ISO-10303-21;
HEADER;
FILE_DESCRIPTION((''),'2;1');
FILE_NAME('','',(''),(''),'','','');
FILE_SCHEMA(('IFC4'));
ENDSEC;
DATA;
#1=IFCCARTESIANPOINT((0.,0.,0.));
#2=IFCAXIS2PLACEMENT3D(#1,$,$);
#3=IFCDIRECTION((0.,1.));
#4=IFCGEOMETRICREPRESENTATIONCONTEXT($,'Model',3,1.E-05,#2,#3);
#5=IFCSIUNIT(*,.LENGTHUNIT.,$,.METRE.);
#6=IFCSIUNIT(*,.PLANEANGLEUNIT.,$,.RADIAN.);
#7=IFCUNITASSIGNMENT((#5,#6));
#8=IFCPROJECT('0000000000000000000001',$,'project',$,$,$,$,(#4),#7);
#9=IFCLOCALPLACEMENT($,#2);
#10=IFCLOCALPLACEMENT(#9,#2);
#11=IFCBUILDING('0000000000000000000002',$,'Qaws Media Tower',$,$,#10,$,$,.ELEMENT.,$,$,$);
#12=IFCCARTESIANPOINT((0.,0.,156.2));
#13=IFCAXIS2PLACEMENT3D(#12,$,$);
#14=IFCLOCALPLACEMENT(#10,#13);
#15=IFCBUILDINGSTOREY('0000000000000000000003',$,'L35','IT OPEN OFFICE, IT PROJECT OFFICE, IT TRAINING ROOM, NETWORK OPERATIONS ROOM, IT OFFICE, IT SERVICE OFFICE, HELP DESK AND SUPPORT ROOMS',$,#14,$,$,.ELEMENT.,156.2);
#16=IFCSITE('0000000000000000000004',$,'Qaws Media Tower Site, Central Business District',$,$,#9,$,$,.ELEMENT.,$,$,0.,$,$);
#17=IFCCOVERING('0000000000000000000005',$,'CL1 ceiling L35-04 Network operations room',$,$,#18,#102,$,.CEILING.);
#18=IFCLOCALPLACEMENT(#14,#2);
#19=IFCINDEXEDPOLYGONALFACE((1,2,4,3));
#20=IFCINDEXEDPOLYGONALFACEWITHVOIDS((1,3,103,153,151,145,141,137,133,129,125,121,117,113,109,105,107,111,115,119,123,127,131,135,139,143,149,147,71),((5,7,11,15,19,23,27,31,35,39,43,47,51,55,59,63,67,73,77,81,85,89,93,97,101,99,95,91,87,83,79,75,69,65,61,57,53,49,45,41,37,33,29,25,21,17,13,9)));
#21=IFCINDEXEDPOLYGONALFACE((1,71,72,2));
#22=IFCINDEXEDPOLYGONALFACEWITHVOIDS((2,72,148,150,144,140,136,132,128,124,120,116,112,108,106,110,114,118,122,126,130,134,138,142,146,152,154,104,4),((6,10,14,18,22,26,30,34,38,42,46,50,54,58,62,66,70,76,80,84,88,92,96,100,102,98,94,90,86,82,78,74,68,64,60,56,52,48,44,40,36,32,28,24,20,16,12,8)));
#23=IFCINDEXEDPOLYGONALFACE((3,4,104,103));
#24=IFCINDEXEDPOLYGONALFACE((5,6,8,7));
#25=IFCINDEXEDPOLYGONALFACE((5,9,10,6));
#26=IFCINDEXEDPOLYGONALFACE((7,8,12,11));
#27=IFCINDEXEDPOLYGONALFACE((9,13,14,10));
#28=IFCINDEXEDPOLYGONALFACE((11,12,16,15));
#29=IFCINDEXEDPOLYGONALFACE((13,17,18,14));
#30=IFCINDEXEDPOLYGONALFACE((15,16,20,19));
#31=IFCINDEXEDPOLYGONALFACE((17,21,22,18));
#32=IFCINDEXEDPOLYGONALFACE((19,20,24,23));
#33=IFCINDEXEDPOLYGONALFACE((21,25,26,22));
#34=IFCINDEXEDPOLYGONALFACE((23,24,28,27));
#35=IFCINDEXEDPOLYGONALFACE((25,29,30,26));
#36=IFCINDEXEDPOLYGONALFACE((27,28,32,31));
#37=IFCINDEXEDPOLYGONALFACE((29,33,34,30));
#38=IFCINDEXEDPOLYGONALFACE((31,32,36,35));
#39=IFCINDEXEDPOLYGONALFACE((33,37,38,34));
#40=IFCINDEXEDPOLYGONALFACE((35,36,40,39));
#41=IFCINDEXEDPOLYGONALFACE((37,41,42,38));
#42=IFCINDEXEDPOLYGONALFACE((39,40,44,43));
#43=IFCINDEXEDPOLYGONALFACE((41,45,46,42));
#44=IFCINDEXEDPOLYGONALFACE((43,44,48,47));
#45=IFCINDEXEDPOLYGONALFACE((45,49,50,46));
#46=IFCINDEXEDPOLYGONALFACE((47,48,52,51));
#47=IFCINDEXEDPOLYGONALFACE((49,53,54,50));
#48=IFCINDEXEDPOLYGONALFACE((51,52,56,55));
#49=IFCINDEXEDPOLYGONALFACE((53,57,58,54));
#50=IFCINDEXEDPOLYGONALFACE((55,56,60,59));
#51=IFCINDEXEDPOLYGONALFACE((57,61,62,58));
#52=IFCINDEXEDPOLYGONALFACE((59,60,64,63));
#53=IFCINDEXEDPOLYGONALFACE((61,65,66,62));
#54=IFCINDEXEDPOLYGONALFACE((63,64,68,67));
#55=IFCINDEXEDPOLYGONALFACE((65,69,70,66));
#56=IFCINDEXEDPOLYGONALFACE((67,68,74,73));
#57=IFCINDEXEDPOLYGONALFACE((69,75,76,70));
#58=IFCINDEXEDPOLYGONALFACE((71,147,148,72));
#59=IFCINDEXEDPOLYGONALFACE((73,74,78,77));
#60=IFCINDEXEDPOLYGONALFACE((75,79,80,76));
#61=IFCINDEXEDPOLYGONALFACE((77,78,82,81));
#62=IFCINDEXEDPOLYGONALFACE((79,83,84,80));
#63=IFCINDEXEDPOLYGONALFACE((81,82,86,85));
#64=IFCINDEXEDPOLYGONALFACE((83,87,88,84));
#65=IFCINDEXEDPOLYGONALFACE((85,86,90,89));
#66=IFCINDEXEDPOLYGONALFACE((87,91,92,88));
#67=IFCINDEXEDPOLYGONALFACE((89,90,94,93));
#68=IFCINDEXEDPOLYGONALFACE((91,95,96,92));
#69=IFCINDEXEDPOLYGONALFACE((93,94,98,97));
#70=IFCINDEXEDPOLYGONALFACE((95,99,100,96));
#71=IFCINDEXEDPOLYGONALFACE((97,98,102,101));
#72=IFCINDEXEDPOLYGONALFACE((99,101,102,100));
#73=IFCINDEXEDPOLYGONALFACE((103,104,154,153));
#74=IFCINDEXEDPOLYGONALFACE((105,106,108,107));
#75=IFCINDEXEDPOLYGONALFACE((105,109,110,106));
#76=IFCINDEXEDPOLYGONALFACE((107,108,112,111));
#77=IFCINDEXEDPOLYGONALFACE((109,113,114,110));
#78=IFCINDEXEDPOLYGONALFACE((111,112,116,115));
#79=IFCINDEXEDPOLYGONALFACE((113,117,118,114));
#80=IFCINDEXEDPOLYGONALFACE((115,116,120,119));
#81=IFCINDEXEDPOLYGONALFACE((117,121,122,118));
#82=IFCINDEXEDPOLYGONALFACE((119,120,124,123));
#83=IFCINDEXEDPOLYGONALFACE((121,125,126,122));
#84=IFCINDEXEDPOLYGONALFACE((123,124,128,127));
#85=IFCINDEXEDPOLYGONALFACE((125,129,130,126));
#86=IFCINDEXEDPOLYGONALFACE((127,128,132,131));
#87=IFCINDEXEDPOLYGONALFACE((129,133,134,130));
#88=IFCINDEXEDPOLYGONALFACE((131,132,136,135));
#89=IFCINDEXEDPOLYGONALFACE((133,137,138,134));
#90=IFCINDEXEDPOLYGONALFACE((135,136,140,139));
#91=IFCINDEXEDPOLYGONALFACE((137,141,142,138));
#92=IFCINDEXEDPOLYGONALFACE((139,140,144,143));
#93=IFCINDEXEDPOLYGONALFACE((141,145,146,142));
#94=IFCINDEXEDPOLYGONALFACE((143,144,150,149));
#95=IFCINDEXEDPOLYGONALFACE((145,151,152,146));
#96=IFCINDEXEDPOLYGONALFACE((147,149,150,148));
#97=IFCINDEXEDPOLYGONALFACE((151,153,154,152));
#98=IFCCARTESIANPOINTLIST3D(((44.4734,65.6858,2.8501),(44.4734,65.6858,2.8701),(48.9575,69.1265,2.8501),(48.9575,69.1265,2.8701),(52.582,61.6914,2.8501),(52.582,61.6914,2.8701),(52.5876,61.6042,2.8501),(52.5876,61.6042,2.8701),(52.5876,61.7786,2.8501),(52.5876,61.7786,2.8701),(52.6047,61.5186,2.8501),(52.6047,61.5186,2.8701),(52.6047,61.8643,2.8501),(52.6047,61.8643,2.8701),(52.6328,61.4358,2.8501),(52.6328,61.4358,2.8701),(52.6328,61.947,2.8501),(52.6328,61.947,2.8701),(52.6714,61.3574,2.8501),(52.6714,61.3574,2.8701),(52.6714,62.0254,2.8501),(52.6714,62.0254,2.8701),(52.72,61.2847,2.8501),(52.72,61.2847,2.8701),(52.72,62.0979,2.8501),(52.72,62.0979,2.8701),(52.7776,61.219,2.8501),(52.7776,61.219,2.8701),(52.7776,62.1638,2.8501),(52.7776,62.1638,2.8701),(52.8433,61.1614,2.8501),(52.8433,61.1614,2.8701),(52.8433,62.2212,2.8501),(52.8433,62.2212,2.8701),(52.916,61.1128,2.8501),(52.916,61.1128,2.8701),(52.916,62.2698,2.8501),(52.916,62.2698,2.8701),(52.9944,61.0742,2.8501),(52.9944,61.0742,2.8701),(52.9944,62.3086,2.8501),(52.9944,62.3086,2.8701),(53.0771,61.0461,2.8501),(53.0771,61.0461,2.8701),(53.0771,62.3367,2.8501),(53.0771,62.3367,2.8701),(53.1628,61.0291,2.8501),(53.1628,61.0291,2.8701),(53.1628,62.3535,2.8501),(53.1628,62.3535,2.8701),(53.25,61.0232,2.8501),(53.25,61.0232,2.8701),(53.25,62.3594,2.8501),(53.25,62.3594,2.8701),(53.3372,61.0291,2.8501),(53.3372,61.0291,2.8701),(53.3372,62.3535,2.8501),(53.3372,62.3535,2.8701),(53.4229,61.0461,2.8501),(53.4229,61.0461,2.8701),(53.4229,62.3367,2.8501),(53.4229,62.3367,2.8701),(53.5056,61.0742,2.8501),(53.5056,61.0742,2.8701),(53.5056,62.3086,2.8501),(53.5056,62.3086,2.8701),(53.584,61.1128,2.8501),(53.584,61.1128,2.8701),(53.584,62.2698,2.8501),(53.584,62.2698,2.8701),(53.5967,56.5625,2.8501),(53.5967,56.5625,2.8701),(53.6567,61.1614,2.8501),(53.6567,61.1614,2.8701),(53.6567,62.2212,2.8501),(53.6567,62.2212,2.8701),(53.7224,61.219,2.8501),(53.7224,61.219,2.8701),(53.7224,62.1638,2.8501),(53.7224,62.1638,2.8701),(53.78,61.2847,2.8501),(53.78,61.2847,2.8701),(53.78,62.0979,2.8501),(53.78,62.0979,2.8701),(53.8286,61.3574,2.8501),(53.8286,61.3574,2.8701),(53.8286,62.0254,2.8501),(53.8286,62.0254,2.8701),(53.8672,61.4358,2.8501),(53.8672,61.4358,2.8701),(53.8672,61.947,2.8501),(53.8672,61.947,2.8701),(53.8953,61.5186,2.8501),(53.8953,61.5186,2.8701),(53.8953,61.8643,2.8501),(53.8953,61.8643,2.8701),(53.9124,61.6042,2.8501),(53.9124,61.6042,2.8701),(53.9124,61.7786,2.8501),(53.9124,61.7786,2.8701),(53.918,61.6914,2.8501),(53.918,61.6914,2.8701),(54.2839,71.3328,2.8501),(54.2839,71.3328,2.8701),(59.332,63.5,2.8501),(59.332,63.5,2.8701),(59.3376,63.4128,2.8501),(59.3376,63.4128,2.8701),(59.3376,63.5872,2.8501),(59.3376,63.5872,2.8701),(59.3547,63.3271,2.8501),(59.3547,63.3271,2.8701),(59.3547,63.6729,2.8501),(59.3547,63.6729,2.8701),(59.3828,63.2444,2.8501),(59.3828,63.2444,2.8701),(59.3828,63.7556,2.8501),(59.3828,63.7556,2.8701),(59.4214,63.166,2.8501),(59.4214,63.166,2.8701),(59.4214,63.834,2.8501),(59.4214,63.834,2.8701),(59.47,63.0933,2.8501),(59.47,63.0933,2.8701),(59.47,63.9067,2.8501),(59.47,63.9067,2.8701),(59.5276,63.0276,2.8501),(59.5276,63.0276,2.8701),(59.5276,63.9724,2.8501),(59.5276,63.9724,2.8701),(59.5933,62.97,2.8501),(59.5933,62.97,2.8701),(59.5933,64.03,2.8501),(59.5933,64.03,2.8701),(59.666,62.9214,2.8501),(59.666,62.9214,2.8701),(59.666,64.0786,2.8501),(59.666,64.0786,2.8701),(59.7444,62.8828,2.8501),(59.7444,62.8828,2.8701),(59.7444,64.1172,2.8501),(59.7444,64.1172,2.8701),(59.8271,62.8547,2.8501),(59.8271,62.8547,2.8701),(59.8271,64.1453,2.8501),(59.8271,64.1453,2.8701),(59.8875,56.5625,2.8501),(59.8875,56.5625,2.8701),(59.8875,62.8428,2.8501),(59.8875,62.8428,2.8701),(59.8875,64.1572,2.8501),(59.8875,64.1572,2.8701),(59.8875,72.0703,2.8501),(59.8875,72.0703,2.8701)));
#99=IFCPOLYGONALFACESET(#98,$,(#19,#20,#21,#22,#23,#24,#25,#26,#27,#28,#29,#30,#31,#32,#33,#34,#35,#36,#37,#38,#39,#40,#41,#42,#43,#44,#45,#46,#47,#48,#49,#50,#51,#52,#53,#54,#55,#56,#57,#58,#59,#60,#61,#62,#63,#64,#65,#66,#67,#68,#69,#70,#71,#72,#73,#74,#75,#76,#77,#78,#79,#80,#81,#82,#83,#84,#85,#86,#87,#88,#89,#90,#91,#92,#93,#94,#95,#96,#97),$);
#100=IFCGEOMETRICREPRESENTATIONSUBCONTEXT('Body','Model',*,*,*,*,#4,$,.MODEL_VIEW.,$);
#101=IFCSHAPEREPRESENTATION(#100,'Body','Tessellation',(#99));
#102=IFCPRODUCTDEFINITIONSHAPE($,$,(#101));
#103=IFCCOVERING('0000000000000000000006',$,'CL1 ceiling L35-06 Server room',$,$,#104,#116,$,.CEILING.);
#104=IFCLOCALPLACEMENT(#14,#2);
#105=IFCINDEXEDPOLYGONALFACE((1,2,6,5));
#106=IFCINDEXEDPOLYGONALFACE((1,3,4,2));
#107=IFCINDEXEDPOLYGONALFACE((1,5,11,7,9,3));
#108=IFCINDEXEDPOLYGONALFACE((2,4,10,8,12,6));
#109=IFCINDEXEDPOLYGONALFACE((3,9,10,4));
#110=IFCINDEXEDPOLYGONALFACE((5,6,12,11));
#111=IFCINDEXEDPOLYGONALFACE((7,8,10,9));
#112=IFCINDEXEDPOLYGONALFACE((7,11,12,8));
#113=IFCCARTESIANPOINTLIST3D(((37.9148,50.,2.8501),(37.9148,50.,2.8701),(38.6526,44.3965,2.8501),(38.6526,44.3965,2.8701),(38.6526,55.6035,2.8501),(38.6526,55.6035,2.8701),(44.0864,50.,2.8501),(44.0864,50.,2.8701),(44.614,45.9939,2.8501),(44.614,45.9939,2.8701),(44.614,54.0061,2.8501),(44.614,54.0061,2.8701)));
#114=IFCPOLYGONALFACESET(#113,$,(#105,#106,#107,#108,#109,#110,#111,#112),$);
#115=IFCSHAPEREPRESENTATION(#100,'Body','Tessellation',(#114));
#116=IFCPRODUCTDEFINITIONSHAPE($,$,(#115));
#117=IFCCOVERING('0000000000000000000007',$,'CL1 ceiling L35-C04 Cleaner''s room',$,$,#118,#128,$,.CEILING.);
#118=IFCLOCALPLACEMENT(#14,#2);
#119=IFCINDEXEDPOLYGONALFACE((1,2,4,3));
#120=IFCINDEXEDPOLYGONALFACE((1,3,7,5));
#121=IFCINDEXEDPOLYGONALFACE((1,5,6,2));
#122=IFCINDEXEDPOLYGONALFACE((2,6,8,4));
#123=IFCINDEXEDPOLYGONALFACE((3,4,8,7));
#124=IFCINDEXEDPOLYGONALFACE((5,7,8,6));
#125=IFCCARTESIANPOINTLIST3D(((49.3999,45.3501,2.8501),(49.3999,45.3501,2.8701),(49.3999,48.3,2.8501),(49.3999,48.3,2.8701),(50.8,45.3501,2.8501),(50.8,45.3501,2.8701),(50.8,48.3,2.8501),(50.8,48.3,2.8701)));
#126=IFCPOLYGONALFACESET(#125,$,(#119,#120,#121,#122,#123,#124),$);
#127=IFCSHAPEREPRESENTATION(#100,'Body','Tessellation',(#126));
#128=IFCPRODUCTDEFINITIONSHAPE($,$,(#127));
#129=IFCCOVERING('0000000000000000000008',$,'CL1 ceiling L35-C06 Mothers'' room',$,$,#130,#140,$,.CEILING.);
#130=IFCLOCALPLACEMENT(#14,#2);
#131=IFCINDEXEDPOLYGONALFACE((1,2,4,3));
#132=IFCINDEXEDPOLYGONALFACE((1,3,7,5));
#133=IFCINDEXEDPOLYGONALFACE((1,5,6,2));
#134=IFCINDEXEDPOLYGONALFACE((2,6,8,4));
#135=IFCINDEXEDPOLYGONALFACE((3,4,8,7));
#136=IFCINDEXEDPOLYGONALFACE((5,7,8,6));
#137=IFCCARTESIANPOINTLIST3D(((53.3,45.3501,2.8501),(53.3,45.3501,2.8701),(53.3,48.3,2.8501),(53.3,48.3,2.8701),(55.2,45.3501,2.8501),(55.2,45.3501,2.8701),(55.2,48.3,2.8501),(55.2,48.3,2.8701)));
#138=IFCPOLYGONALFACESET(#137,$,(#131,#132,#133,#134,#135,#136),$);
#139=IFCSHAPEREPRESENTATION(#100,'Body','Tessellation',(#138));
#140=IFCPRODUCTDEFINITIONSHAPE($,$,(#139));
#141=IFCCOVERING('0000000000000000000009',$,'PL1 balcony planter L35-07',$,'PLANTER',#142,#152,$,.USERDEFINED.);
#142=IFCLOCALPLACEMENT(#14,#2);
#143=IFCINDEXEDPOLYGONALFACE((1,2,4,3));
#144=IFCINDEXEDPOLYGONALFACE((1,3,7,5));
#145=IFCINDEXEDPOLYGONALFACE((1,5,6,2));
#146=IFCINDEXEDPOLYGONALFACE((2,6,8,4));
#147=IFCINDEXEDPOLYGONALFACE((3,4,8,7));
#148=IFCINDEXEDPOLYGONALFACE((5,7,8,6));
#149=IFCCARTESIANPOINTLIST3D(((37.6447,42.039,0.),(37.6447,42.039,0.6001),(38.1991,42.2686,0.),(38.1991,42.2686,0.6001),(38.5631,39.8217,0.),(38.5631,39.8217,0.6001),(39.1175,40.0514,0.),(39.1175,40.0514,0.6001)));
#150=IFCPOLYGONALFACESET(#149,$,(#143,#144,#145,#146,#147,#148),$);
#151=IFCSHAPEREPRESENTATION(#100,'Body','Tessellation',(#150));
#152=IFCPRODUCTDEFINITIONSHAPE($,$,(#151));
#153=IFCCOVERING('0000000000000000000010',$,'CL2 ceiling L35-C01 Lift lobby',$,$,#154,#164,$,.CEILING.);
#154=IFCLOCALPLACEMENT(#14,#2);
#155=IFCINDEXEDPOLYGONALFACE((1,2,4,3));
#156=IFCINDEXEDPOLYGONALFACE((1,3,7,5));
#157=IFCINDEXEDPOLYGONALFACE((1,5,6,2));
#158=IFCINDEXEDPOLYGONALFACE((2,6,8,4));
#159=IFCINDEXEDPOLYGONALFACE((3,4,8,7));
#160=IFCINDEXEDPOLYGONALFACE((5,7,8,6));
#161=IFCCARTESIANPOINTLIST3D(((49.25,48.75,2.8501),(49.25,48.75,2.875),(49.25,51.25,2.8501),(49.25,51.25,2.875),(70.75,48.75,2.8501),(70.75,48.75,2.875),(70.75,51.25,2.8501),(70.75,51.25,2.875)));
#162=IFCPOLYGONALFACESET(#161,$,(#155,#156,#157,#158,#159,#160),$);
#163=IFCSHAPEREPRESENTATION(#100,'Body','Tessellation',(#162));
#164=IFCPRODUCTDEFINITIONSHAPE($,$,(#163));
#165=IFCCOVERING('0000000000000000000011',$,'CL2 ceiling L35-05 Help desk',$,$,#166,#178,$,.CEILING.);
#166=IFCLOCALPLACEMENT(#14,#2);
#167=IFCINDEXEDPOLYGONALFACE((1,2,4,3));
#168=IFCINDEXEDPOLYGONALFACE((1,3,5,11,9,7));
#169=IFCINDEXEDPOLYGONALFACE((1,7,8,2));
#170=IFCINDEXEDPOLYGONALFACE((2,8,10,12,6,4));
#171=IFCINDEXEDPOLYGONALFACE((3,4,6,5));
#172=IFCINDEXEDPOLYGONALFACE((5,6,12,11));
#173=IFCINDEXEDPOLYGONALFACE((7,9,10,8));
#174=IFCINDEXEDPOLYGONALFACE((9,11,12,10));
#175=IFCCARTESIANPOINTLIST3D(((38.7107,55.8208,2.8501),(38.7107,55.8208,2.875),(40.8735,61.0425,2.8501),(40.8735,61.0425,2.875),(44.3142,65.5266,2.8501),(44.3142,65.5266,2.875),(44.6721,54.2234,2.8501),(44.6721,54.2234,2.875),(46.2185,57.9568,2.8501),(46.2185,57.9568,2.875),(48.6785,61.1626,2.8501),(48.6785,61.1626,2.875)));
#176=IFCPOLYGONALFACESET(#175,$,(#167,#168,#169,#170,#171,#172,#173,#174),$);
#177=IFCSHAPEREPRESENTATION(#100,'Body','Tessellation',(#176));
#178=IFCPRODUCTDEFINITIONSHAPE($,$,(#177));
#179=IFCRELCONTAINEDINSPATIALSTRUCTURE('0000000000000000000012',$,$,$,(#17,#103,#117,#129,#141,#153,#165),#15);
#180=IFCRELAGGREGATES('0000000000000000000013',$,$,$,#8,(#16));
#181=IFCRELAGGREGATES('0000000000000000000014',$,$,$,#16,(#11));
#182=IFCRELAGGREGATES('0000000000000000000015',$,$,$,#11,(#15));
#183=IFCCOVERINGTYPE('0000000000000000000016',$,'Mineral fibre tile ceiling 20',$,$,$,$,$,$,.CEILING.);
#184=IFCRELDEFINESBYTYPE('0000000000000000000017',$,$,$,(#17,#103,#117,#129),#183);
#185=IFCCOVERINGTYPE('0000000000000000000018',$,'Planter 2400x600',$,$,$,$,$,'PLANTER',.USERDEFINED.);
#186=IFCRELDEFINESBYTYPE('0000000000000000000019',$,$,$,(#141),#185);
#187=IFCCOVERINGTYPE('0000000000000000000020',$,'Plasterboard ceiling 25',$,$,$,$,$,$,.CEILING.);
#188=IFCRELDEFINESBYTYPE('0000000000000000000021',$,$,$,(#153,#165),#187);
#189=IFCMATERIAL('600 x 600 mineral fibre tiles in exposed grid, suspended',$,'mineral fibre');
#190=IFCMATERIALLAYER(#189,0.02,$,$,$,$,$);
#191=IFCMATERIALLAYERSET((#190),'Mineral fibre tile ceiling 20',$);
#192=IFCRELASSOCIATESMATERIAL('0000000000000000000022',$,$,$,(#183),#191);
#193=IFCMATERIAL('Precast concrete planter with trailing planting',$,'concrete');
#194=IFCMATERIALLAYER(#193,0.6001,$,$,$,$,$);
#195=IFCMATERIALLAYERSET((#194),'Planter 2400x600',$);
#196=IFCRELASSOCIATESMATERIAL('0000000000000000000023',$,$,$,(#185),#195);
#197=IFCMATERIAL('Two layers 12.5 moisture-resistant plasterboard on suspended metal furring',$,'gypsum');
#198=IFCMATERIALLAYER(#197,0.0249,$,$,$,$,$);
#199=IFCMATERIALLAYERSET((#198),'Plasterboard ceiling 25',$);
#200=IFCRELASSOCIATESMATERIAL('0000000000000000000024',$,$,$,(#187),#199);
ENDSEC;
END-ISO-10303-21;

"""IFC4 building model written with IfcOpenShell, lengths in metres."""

from ifc_helpers import new_model, si_unit, direction, frame, origin, origin_2d, place, context, subcontext, project, spatial, polyline, rectangle, outline, extrude, material, layer, layer_set, type_object, element, save


model = new_model("IFC4")

# Units and contexts
model_context = context("Model", 3, precision=1e-05, world=origin(), true_north=direction((0.0, 1.0)))
body_context = subcontext(model_context, "Body", "Model", "MODEL_VIEW")
ifc_project = project(units=[si_unit("LENGTHUNIT", "METRE"), si_unit("PLANEANGLEUNIT", "RADIAN")], contexts=[model_context])

# Site, building, storey
site_placement = place(None, origin())
site = spatial("IfcSite", under=ifc_project, at=site_placement, Name="Qaws Media Tower Site, Central Business District", CompositionType="ELEMENT", RefElevation=0.0)
building_placement = place(site_placement, origin())
building = spatial("IfcBuilding", under=site, at=building_placement, Name="Qaws Media Tower", CompositionType="ELEMENT")
storey_placement = place(building_placement, frame((0.0, 0.0, 156.2)))
storey = spatial("IfcBuildingStorey", under=building, at=storey_placement, Name="L35", Description="IT OPEN OFFICE, IT PROJECT OFFICE, IT TRAINING ROOM, NETWORK OPERATIONS ROOM, IT OFFICE, IT SERVICE OFFICE, HELP DESK AND SUPPORT ROOMS", CompositionType="ELEMENT", Elevation=156.2)

# Coverings
ifc_material_1 = material(Name="600 x 600 mineral fibre tiles in exposed grid, suspended", Category="mineral fibre")
ifc_layer_1 = layer(ifc_material_1, 0.02)
ifc_layer_set_1 = layer_set([ifc_layer_1], Name="Mineral fibre tile ceiling 20")
covering_type_1 = type_object("IfcCoveringType", Name="Mineral fibre tile ceiling 20", PredefinedType="CEILING", material=ifc_layer_set_1)
covering_1_placement = place(storey_placement, frame((0.0, 0.0, 2.8501)))
element("IfcCovering", 1, at=covering_1_placement, inside=storey, type_object=covering_type_1, Name="CL1 ceiling L35-04 Network operations room", PredefinedType="CEILING", context=body_context, shape_type="SweptSolid", body=[
    extrude(outline(polyline([(48.9575, 69.1265), (54.2839, 71.3328), (59.8875, 72.0703), (59.8875, 64.1572), (59.8271, 64.1453), (59.7444, 64.1172), (59.666, 64.0786), (59.5933, 64.03), (59.5276, 63.9724), (59.47, 63.9067), (59.4214, 63.834), (59.3828, 63.7556), (59.3547, 63.6729), (59.3376, 63.5872), (59.332, 63.5), (59.3376, 63.4128), (59.3547, 63.3271), (59.3828, 63.2444), (59.4214, 63.166), (59.47, 63.0933), (59.5276, 63.0276), (59.5933, 62.97), (59.666, 62.9214), (59.7444, 62.8828), (59.8271, 62.8547), (59.8875, 62.8428), (59.8875, 56.5625), (53.5967, 56.5625), (44.4734, 65.6858), (48.9575, 69.1265)]), holes=[polyline([(53.8672, 61.4358), (53.8953, 61.5186), (53.9124, 61.6042), (53.918, 61.6914), (53.9124, 61.7786), (53.8953, 61.8643), (53.8672, 61.947), (53.8286, 62.0254), (53.78, 62.0979), (53.7224, 62.1638), (53.6567, 62.2212), (53.584, 62.2698), (53.5056, 62.3086), (53.4229, 62.3367), (53.3372, 62.3535), (53.25, 62.3594), (53.1628, 62.3535), (53.0771, 62.3367), (52.9944, 62.3086), (52.916, 62.2698), (52.8433, 62.2212), (52.7776, 62.1638), (52.72, 62.0979), (52.6714, 62.0254), (52.6328, 61.947), (52.6047, 61.8643), (52.5876, 61.7786), (52.582, 61.6914), (52.5876, 61.6042), (52.6047, 61.5186), (52.6328, 61.4358), (52.6714, 61.3574), (52.72, 61.2847), (52.7776, 61.219), (52.8433, 61.1614), (52.916, 61.1128), (52.9944, 61.0742), (53.0771, 61.0461), (53.1628, 61.0291), (53.25, 61.0232), (53.3372, 61.0291), (53.4229, 61.0461), (53.5056, 61.0742), (53.584, 61.1128), (53.6567, 61.1614), (53.7224, 61.219), (53.78, 61.2847), (53.8286, 61.3574), (53.8672, 61.4358)])]), origin(), (0.0, 0.0, 1.0), 0.02),
])
covering_2_placement = place(storey_placement, frame((0.0, 0.0, 2.8501)))
element("IfcCovering", 2, at=covering_2_placement, inside=storey, type_object=covering_type_1, Name="CL1 ceiling L35-06 Server room", PredefinedType="CEILING", context=body_context, shape_type="SweptSolid", body=[
    extrude(outline(polyline([(37.9148, 50.0), (38.6526, 55.6035), (44.614, 54.0061), (44.0864, 50.0), (44.614, 45.9939), (38.6526, 44.3965), (37.9148, 50.0)])), origin(), (0.0, 0.0, 1.0), 0.02),
])
covering_3_placement = place(storey_placement, frame((0.0, 0.0, 2.8501)))
element("IfcCovering", 3, at=covering_3_placement, inside=storey, type_object=covering_type_1, Name="CL1 ceiling L35-C04 Cleaner's room", PredefinedType="CEILING", context=body_context, shape_type="SweptSolid", body=[
    extrude(outline(polyline([(49.3999, 45.3501), (49.3999, 48.3), (50.8, 48.3), (50.8, 45.3501), (49.3999, 45.3501)])), origin(), (0.0, 0.0, 1.0), 0.02),
])
covering_4_placement = place(storey_placement, frame((0.0, 0.0, 2.8501)))
element("IfcCovering", 4, at=covering_4_placement, inside=storey, type_object=covering_type_1, Name="CL1 ceiling L35-C06 Mothers' room", PredefinedType="CEILING", context=body_context, shape_type="SweptSolid", body=[
    extrude(outline(polyline([(53.3, 45.3501), (53.3, 48.3), (55.2, 48.3), (55.2, 45.3501), (53.3, 45.3501)])), origin(), (0.0, 0.0, 1.0), 0.02),
])
ifc_material_2 = material(Name="Precast concrete planter with trailing planting", Category="concrete")
ifc_layer_2 = layer(ifc_material_2, 0.6001)
ifc_layer_set_2 = layer_set([ifc_layer_2], Name="Planter 2400x600")
covering_type_2 = type_object("IfcCoveringType", Name="Planter 2400x600", ElementType="PLANTER", PredefinedType="USERDEFINED", material=ifc_layer_set_2)
covering_5_placement = place(storey_placement, frame((38.3811, 41.0452, 0.0), z_axis=(0.0, 0.0, 1.0), x_axis=(0.382683, -0.92388, 0.0)))
element("IfcCovering", 5, at=covering_5_placement, inside=storey, type_object=covering_type_2, Name="PL1 balcony planter L35-07", ObjectType="PLANTER", PredefinedType="USERDEFINED", context=body_context, shape_type="SweptSolid", body=[
    extrude(rectangle(XDim=2.3999, YDim=0.6001, at=origin_2d()), origin(), (0.0, 0.0, 1.0), 0.6001),
])
ifc_material_3 = material(Name="Two layers 12.5 moisture-resistant plasterboard on suspended metal furring", Category="gypsum")
ifc_layer_3 = layer(ifc_material_3, 0.0249)
ifc_layer_set_3 = layer_set([ifc_layer_3], Name="Plasterboard ceiling 25")
covering_type_3 = type_object("IfcCoveringType", Name="Plasterboard ceiling 25", PredefinedType="CEILING", material=ifc_layer_set_3)
covering_6_placement = place(storey_placement, frame((0.0, 0.0, 2.8501)))
element("IfcCovering", 6, at=covering_6_placement, inside=storey, type_object=covering_type_3, Name="CL2 ceiling L35-C01 Lift lobby", PredefinedType="CEILING", context=body_context, shape_type="SweptSolid", body=[
    extrude(outline(polyline([(49.25, 48.75), (49.25, 51.25), (70.75, 51.25), (70.75, 48.75), (49.25, 48.75)])), origin(), (0.0, 0.0, 1.0), 0.0249),
])
covering_7_placement = place(storey_placement, frame((0.0, 0.0, 2.8501)))
element("IfcCovering", 7, at=covering_7_placement, inside=storey, type_object=covering_type_3, Name="CL2 ceiling L35-05 Help desk", PredefinedType="CEILING", context=body_context, shape_type="SweptSolid", body=[
    extrude(outline(polyline([(40.8735, 61.0425), (44.3142, 65.5266), (48.6785, 61.1626), (46.2185, 57.9568), (44.6721, 54.2234), (38.7107, 55.8208), (40.8735, 61.0425)])), origin(), (0.0, 0.0, 1.0), 0.0249),
])

save(model, "model.ifc")
